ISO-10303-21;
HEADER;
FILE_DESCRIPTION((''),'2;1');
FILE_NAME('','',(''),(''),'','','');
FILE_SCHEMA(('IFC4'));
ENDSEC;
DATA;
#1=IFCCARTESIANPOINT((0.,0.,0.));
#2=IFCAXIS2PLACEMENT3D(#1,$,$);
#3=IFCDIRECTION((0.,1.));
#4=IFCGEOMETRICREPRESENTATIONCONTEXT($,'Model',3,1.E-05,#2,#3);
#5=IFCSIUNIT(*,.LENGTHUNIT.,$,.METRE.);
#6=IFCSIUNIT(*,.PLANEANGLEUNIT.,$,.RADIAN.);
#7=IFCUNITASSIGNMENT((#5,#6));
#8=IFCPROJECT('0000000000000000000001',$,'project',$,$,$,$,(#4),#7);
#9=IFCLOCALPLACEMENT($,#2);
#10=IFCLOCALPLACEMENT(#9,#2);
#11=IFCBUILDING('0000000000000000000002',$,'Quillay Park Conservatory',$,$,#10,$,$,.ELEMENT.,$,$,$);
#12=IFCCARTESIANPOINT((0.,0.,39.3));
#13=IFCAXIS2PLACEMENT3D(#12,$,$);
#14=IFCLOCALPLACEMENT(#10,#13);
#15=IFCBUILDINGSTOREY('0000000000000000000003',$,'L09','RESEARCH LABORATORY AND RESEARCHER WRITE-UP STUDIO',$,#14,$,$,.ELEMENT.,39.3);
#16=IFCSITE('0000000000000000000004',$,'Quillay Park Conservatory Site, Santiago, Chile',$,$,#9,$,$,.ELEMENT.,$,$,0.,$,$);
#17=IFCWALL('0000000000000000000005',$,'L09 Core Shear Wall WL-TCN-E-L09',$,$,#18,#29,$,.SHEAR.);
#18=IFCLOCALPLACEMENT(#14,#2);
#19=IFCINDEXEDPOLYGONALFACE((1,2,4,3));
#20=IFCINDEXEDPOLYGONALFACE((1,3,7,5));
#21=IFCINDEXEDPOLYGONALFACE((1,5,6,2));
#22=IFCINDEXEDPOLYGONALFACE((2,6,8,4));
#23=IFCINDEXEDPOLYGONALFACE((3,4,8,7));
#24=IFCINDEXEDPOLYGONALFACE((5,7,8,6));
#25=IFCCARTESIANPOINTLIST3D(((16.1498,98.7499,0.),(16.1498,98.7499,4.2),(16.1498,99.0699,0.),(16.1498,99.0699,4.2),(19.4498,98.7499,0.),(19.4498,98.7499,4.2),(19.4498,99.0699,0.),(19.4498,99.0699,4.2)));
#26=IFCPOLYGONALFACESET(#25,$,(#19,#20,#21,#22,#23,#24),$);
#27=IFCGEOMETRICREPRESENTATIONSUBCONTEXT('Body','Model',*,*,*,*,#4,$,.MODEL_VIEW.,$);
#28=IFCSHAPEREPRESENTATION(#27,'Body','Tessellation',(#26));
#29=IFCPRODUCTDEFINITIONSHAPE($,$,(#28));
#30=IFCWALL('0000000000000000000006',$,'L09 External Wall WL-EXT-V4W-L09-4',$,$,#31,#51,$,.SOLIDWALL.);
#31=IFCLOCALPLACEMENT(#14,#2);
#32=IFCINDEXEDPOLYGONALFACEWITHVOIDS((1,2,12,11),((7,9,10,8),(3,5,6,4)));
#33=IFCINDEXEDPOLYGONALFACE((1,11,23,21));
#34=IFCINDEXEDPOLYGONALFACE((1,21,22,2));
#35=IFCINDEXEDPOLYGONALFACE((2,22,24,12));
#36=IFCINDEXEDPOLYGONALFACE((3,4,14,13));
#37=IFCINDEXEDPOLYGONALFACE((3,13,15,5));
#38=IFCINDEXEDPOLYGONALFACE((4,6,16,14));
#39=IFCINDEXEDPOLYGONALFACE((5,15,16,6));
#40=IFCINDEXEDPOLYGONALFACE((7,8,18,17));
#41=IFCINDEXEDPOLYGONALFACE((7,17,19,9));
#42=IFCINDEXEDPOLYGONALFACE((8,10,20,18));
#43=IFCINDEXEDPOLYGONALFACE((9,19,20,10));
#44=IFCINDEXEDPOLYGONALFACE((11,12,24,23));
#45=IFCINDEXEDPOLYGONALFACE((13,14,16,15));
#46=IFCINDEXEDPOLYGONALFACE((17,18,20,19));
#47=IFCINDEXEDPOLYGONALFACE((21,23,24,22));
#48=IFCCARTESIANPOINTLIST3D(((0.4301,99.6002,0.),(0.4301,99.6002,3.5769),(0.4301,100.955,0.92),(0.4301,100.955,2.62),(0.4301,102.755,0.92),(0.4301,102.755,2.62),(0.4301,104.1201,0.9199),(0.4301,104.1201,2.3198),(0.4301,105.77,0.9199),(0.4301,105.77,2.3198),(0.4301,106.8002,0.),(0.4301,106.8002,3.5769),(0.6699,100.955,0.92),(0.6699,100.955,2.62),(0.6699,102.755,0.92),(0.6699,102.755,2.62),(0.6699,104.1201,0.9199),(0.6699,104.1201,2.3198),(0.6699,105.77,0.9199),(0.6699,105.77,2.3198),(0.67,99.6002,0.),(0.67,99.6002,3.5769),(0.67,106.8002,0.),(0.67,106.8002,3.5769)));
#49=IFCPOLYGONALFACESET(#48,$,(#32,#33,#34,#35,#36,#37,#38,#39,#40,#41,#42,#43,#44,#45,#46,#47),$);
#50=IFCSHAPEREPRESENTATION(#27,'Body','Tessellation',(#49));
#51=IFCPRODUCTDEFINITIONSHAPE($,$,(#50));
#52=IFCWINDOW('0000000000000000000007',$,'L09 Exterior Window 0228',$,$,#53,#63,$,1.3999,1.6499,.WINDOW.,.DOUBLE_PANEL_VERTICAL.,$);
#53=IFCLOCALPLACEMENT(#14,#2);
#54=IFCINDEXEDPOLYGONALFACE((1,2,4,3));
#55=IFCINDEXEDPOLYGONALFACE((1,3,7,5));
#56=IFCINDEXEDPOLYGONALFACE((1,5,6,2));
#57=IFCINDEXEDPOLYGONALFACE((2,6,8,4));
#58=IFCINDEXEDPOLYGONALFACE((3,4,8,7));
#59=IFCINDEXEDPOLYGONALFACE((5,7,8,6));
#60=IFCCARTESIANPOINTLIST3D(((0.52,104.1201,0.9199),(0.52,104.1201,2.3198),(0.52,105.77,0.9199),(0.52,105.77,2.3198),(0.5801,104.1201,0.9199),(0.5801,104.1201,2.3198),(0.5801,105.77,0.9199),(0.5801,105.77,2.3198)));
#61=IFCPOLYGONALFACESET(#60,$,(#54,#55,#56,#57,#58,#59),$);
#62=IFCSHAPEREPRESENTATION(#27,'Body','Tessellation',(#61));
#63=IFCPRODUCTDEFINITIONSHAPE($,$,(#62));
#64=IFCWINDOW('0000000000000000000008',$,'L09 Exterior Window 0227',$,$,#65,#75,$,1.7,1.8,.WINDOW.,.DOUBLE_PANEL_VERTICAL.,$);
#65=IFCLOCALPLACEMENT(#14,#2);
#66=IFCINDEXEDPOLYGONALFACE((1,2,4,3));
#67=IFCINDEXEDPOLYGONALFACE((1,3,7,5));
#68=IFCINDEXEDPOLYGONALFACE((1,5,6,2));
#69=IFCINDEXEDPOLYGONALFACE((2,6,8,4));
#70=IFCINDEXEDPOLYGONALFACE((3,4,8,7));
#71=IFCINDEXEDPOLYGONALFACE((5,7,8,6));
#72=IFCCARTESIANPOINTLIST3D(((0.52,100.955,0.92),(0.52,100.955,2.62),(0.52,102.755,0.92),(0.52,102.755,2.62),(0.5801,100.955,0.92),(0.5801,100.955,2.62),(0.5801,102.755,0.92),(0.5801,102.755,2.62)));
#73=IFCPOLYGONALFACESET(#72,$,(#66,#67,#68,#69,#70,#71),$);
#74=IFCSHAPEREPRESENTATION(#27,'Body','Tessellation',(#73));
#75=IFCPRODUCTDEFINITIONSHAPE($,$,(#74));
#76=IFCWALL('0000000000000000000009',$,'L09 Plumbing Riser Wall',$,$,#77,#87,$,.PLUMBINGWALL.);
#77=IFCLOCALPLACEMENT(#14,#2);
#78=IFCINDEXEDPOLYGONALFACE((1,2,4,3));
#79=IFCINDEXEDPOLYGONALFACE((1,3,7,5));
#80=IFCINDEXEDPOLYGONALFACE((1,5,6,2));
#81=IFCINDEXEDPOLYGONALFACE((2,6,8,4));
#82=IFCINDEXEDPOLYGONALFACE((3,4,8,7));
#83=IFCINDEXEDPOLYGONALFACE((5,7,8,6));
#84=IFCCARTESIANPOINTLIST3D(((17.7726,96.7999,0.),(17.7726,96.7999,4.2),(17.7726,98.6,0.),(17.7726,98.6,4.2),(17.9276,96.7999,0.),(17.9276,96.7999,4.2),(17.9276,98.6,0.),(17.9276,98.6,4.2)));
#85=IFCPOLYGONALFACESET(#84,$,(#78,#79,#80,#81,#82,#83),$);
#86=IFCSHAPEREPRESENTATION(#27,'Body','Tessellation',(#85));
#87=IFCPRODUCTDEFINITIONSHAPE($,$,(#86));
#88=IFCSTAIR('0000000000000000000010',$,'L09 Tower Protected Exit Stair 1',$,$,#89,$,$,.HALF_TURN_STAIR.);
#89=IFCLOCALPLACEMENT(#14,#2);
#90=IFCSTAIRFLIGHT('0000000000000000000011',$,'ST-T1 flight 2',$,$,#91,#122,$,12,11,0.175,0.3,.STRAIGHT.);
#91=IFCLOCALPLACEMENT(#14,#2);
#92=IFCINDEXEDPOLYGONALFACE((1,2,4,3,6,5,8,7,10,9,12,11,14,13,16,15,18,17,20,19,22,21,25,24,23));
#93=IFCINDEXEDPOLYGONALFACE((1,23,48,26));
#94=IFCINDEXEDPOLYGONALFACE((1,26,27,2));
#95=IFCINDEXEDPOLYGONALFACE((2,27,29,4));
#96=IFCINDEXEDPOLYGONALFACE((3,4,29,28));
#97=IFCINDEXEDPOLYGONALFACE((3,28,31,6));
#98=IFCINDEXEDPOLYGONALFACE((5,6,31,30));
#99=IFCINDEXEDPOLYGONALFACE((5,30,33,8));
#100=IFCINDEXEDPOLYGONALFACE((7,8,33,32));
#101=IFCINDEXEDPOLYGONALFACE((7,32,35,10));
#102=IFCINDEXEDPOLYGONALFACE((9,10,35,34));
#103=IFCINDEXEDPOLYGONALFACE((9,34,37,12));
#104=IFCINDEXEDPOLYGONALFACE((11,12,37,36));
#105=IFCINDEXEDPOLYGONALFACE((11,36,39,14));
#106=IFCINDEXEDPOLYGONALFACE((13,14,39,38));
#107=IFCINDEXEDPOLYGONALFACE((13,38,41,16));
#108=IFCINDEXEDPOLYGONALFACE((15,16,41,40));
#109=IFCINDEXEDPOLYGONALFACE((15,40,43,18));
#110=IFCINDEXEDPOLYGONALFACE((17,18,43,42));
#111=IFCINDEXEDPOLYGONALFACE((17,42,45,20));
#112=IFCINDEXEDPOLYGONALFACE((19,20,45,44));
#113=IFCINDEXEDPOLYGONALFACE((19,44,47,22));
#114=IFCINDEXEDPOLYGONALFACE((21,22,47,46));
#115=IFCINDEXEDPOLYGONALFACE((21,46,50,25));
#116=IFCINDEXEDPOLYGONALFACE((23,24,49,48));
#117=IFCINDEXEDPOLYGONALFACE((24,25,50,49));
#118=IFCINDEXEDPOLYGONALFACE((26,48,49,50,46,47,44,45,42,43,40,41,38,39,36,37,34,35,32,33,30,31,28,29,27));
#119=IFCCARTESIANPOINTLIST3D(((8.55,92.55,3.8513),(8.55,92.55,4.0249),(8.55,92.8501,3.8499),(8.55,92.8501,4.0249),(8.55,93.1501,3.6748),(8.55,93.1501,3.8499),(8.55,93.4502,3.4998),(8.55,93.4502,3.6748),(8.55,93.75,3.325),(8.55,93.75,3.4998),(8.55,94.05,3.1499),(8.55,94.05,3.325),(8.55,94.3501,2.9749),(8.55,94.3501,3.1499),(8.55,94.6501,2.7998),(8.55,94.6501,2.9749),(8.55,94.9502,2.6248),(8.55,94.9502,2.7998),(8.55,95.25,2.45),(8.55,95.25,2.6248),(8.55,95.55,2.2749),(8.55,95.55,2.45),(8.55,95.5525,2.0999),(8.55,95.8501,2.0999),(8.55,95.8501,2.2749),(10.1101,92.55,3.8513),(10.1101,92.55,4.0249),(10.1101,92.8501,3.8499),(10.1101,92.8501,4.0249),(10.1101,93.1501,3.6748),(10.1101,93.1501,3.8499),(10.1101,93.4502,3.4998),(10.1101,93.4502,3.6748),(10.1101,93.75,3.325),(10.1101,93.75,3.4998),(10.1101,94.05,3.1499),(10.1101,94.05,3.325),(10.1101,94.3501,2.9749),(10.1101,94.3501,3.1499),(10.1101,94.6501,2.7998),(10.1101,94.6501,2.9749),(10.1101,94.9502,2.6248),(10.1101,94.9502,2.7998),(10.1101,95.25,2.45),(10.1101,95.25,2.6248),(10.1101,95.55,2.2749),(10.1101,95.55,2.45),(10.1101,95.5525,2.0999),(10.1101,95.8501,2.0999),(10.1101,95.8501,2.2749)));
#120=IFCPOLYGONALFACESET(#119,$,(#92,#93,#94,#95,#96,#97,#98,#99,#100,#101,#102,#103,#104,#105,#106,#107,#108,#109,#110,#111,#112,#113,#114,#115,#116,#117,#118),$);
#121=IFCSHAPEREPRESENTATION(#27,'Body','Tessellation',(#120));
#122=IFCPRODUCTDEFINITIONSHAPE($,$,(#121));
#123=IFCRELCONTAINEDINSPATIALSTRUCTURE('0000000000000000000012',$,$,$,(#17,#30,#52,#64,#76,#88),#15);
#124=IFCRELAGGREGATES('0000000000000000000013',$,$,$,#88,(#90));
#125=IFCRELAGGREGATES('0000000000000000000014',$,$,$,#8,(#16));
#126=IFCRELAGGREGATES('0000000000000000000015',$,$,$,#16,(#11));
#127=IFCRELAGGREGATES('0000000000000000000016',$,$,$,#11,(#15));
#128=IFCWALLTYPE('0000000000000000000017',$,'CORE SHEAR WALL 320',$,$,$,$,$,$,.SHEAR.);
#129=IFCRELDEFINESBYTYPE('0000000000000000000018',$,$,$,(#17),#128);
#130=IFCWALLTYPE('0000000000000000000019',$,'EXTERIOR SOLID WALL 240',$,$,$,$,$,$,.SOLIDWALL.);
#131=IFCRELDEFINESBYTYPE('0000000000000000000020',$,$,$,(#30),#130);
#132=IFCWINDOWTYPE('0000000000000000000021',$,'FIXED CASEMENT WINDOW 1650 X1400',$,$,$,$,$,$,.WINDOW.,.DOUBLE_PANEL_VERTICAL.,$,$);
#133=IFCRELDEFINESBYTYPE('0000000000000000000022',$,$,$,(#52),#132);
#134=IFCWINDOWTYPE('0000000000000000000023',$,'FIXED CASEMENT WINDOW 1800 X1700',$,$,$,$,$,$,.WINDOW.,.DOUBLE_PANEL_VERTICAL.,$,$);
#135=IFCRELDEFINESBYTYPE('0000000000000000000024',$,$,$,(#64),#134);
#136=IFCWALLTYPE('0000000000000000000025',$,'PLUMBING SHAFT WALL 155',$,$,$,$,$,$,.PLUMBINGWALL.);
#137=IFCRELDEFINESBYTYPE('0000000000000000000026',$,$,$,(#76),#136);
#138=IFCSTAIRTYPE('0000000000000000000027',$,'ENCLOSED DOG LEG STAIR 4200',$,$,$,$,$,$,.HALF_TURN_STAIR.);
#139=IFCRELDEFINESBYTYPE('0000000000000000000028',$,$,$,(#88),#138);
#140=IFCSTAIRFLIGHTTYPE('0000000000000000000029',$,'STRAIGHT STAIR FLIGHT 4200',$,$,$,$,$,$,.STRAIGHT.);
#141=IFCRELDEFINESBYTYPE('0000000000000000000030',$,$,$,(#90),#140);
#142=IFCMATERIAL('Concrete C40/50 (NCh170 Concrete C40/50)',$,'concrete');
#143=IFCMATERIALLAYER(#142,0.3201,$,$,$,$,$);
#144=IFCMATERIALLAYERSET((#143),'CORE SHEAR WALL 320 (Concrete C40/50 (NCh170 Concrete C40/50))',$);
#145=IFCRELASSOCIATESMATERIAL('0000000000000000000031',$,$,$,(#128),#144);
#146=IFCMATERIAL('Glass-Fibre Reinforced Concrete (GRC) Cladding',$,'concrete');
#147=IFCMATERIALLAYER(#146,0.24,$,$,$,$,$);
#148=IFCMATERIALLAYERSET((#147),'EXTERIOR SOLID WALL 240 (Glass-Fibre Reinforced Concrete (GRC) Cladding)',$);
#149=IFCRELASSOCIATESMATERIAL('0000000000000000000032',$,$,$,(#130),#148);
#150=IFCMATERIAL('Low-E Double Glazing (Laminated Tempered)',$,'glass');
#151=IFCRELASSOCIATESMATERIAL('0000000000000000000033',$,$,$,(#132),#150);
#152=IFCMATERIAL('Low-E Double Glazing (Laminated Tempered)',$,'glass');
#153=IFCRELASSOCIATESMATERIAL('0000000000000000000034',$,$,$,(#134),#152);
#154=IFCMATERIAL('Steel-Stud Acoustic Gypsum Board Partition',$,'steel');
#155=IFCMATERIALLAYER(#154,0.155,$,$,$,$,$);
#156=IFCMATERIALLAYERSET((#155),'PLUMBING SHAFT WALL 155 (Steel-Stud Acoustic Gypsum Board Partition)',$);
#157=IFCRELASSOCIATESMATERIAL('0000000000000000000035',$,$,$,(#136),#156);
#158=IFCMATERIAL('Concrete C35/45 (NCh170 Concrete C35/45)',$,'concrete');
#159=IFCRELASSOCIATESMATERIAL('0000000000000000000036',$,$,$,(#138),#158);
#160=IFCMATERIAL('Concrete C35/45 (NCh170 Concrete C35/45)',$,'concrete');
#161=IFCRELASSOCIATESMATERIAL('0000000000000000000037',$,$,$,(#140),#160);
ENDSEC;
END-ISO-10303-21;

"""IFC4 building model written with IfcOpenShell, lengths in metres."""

from ifc_helpers import new_model, si_unit, direction, frame, frame_2d, origin, place, context, subcontext, project, spatial, polyline, rectangle, outline, extrude, material, layer, layer_set, type_object, element, fill, aggregate, save


model = new_model("IFC4")

# Units and contexts
model_context = context("Model", 3, precision=1e-05, world=origin(), true_north=direction((0.0, 1.0)))
body_context = subcontext(model_context, "Body", "Model", "MODEL_VIEW")
ifc_project = project(units=[si_unit("LENGTHUNIT", "METRE"), si_unit("PLANEANGLEUNIT", "RADIAN")], contexts=[model_context])

# Site, building, storey
site_placement = place(None, origin())
site = spatial("IfcSite", under=ifc_project, at=site_placement, Name="Quillay Park Conservatory Site, Santiago, Chile", CompositionType="ELEMENT", RefElevation=0.0)
building_placement = place(site_placement, origin())
building = spatial("IfcBuilding", under=site, at=building_placement, Name="Quillay Park Conservatory", CompositionType="ELEMENT")
storey_placement = place(building_placement, frame((0.0, 0.0, 39.3)))
storey = spatial("IfcBuildingStorey", under=building, at=storey_placement, Name="L09", Description="RESEARCH LABORATORY AND RESEARCHER WRITE-UP STUDIO", CompositionType="ELEMENT", Elevation=39.3)

# Wall
ifc_material_1 = material(Name="Concrete C40/50 (NCh170 Concrete C40/50)", Category="concrete")
ifc_layer_1 = layer(ifc_material_1, 0.3201)
ifc_layer_set_1 = layer_set([ifc_layer_1], Name="CORE SHEAR WALL 320 (Concrete C40/50 (NCh170 Concrete C40/50))")
wall_type_1 = type_object("IfcWallType", Name="CORE SHEAR WALL 320", PredefinedType="SHEAR", material=ifc_layer_set_1)
wall_1_placement = place(storey_placement, frame((16.1499, 98.9099, 0.0), z_axis=(0.0, 0.0, 1.0), x_axis=(1.0, 0.0, 0.0)))
element("IfcWall", 1, at=wall_1_placement, inside=storey, type_object=wall_type_1, Name="L09 Core Shear Wall WL-TCN-E-L09", PredefinedType="SHEAR", context=body_context, shape_type="SweptSolid", body=[
    extrude(rectangle(XDim=3.3, YDim=0.3201, at=frame_2d((1.6499, 0.0))), origin(), (0.0, 0.0, 1.0), 4.2),
])

# Wall, openings, windows
ifc_material_2 = material(Name="Glass-Fibre Reinforced Concrete (GRC) Cladding", Category="concrete")
ifc_layer_2 = layer(ifc_material_2, 0.24)
ifc_layer_set_2 = layer_set([ifc_layer_2], Name="EXTERIOR SOLID WALL 240 (Glass-Fibre Reinforced Concrete (GRC) Cladding)")
wall_type_2 = type_object("IfcWallType", Name="EXTERIOR SOLID WALL 240", PredefinedType="SOLIDWALL", material=ifc_layer_set_2)
wall_2_placement = place(storey_placement, frame((0.55, 99.6001, 0.0), z_axis=(0.0, 0.0, 1.0), x_axis=(0.0, 1.0, 0.0)))
wall_2 = element("IfcWall", 2, at=wall_2_placement, inside=storey, type_object=wall_type_2, Name="L09 External Wall WL-EXT-V4W-L09-4", PredefinedType="SOLIDWALL", context=body_context, shape_type="SweptSolid", body=[
    extrude(rectangle(XDim=7.2, YDim=0.24, at=frame_2d((3.6001, 0.0))), origin(), (0.0, 0.0, 1.0), 3.5769),
])
opening_1_placement = place(wall_2_placement, frame((1.355, 0.0, 0.9199)))
opening_1 = element("IfcOpeningElement", 3, at=opening_1_placement, cuts=wall_2, PredefinedType="OPENING", context=body_context, shape_type="SweptSolid", body=[
    extrude(rectangle(XDim=1.8, YDim=1.7, at=frame_2d((0.8999, 0.8501))), frame((0.0, 0.1201, 0.0), z_axis=(0.0, -1.0, 0.0), x_axis=(1.0, 0.0, 0.0)), (0.0, 0.0, 1.0), 0.24),
])
opening_2_placement = place(wall_2_placement, frame((4.52, 0.0, 0.9199)))
opening_2 = element("IfcOpeningElement", 4, at=opening_2_placement, cuts=wall_2, PredefinedType="OPENING", context=body_context, shape_type="SweptSolid", body=[
    extrude(rectangle(XDim=1.6499, YDim=1.3999, at=frame_2d((0.825, 0.7))), frame((0.0, 0.1201, 0.0), z_axis=(0.0, -1.0, 0.0), x_axis=(1.0, 0.0, 0.0)), (0.0, 0.0, 1.0), 0.24),
])
ifc_material_3 = material(Name="Low-E Double Glazing (Laminated Tempered)", Category="glass")
window_type_1 = type_object("IfcWindowType", Name="FIXED CASEMENT WINDOW 1650 X1400", PartitioningType="DOUBLE_PANEL_VERTICAL", PredefinedType="WINDOW", material=ifc_material_3)
window_1_placement = place(opening_2_placement, origin())
window_1 = element("IfcWindow", 5, at=window_1_placement, inside=storey, type_object=window_type_1, Name="L09 Exterior Window 0228", OverallHeight=1.3999, OverallWidth=1.6499, PartitioningType="DOUBLE_PANEL_VERTICAL", PredefinedType="WINDOW", context=body_context, shape_type="SweptSolid", body=[
    extrude(rectangle(XDim=1.6499, YDim=1.3999, at=frame_2d((0.825, 0.7))), frame((0.0, 0.03, 0.0), z_axis=(0.0, -1.0, 0.0), x_axis=(1.0, 0.0, 0.0)), (0.0, 0.0, 1.0), 0.0601),
])
fill(opening_2, window_1)
ifc_material_4 = material(Name="Low-E Double Glazing (Laminated Tempered)", Category="glass")
window_type_2 = type_object("IfcWindowType", Name="FIXED CASEMENT WINDOW 1800 X1700", PartitioningType="DOUBLE_PANEL_VERTICAL", PredefinedType="WINDOW", material=ifc_material_4)
window_2_placement = place(opening_1_placement, origin())
window_2 = element("IfcWindow", 6, at=window_2_placement, inside=storey, type_object=window_type_2, Name="L09 Exterior Window 0227", OverallHeight=1.7, OverallWidth=1.8, PartitioningType="DOUBLE_PANEL_VERTICAL", PredefinedType="WINDOW", context=body_context, shape_type="SweptSolid", body=[
    extrude(rectangle(XDim=1.8, YDim=1.7, at=frame_2d((0.8999, 0.8501))), frame((0.0, 0.03, 0.0), z_axis=(0.0, -1.0, 0.0), x_axis=(1.0, 0.0, 0.0)), (0.0, 0.0, 1.0), 0.0601),
])
fill(opening_1, window_2)

# Wall
ifc_material_5 = material(Name="Steel-Stud Acoustic Gypsum Board Partition", Category="steel")
ifc_layer_3 = layer(ifc_material_5, 0.155)
ifc_layer_set_3 = layer_set([ifc_layer_3], Name="PLUMBING SHAFT WALL 155 (Steel-Stud Acoustic Gypsum Board Partition)")
wall_type_3 = type_object("IfcWallType", Name="PLUMBING SHAFT WALL 155", PredefinedType="PLUMBINGWALL", material=ifc_layer_set_3)
wall_3_placement = place(storey_placement, frame((17.8501, 96.8, 0.0), z_axis=(0.0, 0.0, 1.0), x_axis=(0.0, 1.0, 0.0)))
element("IfcWall", 7, at=wall_3_placement, inside=storey, type_object=wall_type_3, Name="L09 Plumbing Riser Wall", PredefinedType="PLUMBINGWALL", context=body_context, shape_type="SweptSolid", body=[
    extrude(rectangle(XDim=1.8, YDim=0.155, at=frame_2d((0.8999, 0.0))), origin(), (0.0, 0.0, 1.0), 4.2),
])

# Stair, stair flight
ifc_material_6 = material(Name="Concrete C35/45 (NCh170 Concrete C35/45)", Category="concrete")
stair_type = type_object("IfcStairType", Name="ENCLOSED DOG LEG STAIR 4200", PredefinedType="HALF_TURN_STAIR", material=ifc_material_6)
stair_placement = place(storey_placement, origin())
stair = element("IfcStair", 8, at=stair_placement, inside=storey, type_object=stair_type, Name="L09 Tower Protected Exit Stair 1", PredefinedType="HALF_TURN_STAIR")
ifc_material_7 = material(Name="Concrete C35/45 (NCh170 Concrete C35/45)", Category="concrete")
stair_flight_type = type_object("IfcStairFlightType", Name="STRAIGHT STAIR FLIGHT 4200", PredefinedType="STRAIGHT", material=ifc_material_7)
stair_flight_placement = place(storey_placement, frame((9.3301, 95.8501, 2.0999), z_axis=(0.0, 0.0, 1.0), x_axis=(0.0, -1.0, 0.0)))
stair_flight = element("IfcStairFlight", 9, at=stair_flight_placement, type_object=stair_flight_type, Name="ST-T1 flight 2", NumberOfRisers=12, NumberOfTreads=11, PredefinedType="STRAIGHT", RiserHeight=0.175, TreadLength=0.3, context=body_context, shape_type="SweptSolid", body=[
    extrude(outline(polyline([(0.0, 0.0), (0.0, 0.175), (0.3, 0.175), (0.3, 0.3501), (0.6001, 0.3501), (0.6001, 0.5249), (0.8999, 0.5249), (0.8999, 0.7), (1.2, 0.7), (1.2, 0.875), (1.5, 0.875), (1.5, 1.05), (1.8, 1.05), (1.8, 1.2251), (2.1001, 1.2251), (2.1001, 1.3999), (2.3999, 1.3999), (2.3999, 1.575), (2.7, 1.575), (2.7, 1.75), (3.0, 1.75), (3.0, 1.925), (3.3, 1.925), (3.3, 2.1001), (3.3, 1.7515), (0.2976, 0.0), (0.0, 0.0)])), frame((0.0, 0.78, 0.0), z_axis=(0.0, -1.0, 0.0), x_axis=(1.0, 0.0, 0.0)), (0.0, 0.0, 1.0), 1.5601),
])
aggregate(stair, [stair_flight])

save(model, "model.ifc")
